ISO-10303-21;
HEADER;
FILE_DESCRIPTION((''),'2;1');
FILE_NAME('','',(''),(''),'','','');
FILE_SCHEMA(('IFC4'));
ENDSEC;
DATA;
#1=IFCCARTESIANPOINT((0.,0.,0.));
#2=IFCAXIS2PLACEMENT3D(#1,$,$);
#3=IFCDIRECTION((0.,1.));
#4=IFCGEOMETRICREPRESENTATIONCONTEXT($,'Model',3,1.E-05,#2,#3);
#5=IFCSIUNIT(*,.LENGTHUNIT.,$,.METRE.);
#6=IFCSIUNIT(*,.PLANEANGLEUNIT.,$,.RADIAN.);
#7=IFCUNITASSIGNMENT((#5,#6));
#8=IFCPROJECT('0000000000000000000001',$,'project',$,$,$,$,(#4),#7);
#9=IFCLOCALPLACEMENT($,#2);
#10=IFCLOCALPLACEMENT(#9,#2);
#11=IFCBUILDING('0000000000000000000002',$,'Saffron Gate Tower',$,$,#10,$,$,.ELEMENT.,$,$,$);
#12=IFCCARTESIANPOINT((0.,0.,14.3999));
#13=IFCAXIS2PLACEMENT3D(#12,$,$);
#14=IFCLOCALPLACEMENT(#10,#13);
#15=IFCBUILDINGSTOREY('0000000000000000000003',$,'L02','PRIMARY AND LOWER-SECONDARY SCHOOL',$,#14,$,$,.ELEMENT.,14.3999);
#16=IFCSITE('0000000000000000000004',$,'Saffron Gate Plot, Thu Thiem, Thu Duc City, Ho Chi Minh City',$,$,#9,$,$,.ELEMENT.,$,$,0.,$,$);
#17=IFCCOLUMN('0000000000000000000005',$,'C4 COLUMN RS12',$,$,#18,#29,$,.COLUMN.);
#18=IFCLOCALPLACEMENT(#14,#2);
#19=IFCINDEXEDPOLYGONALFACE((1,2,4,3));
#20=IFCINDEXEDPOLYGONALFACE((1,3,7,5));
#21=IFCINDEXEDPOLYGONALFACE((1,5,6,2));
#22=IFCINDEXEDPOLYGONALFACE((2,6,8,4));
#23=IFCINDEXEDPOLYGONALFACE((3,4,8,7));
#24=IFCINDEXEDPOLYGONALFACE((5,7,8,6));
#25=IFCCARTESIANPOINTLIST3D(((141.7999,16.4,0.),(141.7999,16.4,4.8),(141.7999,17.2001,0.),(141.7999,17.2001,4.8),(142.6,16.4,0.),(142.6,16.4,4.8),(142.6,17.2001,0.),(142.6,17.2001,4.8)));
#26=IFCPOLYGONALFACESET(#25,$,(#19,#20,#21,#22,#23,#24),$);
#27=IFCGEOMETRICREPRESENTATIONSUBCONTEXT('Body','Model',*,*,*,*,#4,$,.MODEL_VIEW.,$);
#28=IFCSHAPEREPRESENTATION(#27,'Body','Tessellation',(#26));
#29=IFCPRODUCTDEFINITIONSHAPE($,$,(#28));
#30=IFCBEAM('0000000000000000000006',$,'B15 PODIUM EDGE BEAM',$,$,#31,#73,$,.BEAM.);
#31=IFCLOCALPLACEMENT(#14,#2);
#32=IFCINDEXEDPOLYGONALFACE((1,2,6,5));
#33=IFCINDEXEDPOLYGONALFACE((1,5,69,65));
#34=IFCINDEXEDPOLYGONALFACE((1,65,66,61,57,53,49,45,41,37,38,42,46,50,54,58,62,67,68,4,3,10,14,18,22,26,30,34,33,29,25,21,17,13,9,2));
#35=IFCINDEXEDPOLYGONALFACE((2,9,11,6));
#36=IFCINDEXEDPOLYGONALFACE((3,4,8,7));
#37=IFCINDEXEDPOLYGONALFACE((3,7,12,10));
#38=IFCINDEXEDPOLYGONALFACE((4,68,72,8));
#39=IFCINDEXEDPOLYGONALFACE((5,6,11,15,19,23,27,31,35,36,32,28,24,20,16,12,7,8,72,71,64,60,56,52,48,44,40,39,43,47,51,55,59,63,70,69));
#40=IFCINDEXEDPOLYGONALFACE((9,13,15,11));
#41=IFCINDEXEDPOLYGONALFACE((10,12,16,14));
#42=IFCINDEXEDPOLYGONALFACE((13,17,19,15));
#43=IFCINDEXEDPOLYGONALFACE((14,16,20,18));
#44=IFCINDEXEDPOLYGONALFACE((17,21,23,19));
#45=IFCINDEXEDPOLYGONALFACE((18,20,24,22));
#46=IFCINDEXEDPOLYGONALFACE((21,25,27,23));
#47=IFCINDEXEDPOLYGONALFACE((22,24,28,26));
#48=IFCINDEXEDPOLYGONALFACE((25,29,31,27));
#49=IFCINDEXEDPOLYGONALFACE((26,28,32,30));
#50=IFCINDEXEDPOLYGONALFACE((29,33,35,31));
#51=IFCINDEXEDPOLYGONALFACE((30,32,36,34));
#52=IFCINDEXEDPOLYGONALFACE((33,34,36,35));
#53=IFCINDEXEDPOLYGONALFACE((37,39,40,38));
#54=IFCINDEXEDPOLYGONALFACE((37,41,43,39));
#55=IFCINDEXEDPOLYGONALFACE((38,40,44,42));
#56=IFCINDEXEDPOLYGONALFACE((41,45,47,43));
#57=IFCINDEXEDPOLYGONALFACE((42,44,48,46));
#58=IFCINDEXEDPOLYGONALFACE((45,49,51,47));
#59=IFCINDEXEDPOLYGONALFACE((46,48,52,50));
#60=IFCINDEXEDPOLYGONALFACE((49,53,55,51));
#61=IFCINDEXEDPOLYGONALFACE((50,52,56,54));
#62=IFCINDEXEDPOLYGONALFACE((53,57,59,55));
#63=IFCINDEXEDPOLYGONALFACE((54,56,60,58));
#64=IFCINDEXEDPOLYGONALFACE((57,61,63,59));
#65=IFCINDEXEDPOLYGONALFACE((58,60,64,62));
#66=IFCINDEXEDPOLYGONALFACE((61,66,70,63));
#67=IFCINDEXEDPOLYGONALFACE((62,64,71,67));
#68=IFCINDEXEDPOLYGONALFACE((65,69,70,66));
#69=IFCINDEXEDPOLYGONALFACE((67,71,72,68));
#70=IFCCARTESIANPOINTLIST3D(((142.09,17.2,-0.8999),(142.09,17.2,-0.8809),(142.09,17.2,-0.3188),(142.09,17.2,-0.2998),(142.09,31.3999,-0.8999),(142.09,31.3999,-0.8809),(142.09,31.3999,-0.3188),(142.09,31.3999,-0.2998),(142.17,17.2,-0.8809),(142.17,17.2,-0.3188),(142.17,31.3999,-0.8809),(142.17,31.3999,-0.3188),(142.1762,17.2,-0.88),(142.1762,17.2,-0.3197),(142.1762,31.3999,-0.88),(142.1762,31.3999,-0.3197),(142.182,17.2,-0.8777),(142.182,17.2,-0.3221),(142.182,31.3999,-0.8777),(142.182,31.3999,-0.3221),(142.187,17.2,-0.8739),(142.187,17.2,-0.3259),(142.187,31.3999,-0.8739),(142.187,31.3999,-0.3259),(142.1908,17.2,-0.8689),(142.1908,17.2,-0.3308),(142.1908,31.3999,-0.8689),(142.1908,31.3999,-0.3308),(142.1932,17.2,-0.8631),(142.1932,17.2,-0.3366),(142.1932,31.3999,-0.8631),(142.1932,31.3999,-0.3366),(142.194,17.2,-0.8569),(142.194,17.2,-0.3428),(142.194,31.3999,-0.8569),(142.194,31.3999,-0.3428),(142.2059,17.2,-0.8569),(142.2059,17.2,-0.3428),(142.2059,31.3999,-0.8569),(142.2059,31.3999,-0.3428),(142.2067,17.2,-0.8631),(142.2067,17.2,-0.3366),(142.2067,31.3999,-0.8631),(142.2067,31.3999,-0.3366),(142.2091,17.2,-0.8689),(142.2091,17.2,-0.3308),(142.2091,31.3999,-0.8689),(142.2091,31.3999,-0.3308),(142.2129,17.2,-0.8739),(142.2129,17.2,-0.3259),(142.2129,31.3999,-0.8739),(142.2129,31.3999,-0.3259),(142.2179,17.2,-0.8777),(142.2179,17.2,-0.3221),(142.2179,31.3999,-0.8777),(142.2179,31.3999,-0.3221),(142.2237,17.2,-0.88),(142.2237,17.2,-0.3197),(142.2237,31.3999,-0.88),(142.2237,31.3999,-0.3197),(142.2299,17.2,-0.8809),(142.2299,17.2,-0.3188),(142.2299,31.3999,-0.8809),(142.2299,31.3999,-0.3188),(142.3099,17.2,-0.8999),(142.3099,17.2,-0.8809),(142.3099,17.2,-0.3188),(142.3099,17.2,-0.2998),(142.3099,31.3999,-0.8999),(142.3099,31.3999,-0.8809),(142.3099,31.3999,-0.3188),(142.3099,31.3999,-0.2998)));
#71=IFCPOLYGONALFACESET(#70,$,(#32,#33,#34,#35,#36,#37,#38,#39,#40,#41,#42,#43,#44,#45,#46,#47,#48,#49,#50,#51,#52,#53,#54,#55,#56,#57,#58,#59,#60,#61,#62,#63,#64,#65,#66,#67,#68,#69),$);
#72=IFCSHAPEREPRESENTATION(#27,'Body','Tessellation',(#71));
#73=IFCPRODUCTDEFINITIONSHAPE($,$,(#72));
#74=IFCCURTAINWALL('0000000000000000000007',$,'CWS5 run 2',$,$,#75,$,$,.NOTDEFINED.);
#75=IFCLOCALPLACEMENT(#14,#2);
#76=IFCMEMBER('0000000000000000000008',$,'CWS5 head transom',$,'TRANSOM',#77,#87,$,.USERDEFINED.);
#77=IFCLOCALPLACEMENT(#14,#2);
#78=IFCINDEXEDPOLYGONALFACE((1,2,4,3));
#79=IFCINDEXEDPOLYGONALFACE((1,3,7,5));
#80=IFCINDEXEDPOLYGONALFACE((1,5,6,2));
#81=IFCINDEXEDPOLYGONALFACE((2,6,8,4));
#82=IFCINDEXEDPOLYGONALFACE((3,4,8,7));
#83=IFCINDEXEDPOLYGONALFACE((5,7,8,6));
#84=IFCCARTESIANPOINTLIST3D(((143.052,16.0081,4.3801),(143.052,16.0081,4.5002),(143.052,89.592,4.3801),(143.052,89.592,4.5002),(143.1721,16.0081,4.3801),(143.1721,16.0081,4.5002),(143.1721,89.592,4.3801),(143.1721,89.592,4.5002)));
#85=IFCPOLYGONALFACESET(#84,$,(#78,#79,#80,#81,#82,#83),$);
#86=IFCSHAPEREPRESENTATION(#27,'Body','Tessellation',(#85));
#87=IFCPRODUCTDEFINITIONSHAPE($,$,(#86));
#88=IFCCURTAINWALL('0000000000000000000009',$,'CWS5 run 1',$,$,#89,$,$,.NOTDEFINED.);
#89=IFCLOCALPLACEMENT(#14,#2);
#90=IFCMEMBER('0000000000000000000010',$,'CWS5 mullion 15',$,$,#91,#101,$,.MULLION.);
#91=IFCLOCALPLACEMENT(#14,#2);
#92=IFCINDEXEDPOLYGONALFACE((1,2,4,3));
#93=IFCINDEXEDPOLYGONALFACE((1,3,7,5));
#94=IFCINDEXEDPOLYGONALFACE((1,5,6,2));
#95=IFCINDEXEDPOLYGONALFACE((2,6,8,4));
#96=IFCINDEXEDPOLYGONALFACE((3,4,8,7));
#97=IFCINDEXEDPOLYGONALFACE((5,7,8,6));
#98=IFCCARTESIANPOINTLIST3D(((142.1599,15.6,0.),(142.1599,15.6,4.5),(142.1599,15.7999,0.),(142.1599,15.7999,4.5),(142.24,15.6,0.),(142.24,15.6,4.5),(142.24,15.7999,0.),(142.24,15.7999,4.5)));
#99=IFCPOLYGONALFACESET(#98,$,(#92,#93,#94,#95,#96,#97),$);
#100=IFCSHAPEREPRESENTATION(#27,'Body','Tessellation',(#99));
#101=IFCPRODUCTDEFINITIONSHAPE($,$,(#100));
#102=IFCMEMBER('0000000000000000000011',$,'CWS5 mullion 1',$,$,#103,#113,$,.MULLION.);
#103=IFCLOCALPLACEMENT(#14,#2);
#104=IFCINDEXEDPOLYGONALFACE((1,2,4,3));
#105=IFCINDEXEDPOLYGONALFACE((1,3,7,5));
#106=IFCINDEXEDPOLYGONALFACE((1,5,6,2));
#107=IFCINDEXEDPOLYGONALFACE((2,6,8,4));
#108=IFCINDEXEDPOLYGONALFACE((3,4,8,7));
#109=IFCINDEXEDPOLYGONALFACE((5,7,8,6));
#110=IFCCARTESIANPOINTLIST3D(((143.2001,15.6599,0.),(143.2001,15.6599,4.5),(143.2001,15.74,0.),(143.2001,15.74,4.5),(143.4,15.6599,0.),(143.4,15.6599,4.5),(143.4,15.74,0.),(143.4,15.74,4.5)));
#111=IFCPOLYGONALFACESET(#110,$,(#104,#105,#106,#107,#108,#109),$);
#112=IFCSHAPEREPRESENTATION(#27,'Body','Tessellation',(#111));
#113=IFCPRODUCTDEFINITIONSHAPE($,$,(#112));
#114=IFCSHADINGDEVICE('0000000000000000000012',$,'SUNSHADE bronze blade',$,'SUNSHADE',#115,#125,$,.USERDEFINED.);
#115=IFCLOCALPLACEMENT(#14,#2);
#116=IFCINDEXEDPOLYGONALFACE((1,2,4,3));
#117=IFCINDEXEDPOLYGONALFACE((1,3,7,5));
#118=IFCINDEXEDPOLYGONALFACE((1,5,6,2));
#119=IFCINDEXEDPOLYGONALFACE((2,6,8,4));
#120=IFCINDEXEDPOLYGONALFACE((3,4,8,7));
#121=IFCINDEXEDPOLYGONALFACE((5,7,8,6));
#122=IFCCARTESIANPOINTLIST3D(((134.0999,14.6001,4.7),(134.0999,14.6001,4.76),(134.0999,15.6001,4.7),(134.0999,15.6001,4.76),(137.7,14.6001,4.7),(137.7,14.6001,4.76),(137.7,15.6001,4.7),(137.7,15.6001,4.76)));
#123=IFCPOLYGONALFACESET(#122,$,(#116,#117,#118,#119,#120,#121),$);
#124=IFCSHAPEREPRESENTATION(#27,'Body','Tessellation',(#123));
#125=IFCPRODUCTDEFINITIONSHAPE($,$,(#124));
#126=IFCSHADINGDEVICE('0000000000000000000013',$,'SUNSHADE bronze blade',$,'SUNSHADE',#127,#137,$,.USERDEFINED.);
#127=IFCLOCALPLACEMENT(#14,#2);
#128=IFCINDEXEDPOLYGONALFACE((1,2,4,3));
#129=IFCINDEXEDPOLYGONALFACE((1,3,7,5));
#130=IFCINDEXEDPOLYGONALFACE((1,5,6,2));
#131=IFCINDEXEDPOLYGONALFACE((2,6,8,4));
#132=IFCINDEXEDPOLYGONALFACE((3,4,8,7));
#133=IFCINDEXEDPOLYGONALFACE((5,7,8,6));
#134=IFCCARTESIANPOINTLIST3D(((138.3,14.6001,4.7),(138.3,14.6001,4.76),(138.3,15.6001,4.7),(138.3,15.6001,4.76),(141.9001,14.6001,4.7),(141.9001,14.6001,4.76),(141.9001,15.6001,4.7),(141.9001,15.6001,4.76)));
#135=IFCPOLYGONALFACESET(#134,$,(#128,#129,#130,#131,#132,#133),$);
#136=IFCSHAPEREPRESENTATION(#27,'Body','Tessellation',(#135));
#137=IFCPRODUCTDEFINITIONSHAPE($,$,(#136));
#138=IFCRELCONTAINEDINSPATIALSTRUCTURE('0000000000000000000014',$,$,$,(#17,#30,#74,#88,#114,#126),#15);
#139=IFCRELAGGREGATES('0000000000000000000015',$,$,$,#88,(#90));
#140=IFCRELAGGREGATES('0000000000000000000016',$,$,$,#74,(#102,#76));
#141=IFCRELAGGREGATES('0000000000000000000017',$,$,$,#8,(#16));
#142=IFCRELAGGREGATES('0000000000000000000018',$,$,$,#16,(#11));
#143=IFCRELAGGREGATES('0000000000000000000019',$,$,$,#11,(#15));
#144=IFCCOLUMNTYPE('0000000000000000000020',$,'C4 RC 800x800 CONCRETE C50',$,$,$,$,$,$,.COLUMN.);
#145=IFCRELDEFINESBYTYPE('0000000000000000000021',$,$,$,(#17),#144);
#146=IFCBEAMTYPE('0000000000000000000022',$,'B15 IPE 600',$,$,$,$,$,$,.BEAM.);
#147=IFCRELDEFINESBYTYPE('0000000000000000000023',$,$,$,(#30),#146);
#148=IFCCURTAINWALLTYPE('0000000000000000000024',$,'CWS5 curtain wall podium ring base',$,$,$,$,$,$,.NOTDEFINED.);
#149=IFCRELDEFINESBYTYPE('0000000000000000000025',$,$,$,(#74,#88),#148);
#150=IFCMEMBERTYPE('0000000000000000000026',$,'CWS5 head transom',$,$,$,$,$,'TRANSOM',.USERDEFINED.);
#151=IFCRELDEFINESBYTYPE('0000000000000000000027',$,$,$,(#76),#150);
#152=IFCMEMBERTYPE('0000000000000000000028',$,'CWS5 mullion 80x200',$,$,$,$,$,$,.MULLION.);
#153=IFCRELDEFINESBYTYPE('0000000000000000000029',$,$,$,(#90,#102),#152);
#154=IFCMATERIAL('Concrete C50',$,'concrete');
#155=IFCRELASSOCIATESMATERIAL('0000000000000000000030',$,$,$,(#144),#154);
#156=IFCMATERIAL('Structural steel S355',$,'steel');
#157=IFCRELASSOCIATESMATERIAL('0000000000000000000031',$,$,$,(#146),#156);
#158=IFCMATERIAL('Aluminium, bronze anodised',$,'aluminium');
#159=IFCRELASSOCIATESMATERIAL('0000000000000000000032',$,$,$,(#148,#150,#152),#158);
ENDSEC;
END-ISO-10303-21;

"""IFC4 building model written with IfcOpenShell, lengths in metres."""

from ifc_helpers import new_model, si_unit, direction, frame, origin, origin_2d, place, context, subcontext, project, spatial, rectangle, i_section, extrude, material, material_profile, profile_set, type_object, element, aggregate, save


model = new_model("IFC4")

# Units and contexts
model_context = context("Model", 3, precision=1e-05, world=origin(), true_north=direction((0.0, 1.0)))
body_context = subcontext(model_context, "Body", "Model", "MODEL_VIEW")
ifc_project = project(units=[si_unit("LENGTHUNIT", "METRE"), si_unit("PLANEANGLEUNIT", "RADIAN")], contexts=[model_context])

# Site, building, storey
site_placement = place(None, origin())
site = spatial("IfcSite", under=ifc_project, at=site_placement, Name="Saffron Gate Plot, Thu Thiem, Thu Duc City, Ho Chi Minh City", CompositionType="ELEMENT", RefElevation=0.0)
building_placement = place(site_placement, origin())
building = spatial("IfcBuilding", under=site, at=building_placement, Name="Saffron Gate Tower", CompositionType="ELEMENT")
storey_placement = place(building_placement, frame((0.0, 0.0, 14.3999)))
storey = spatial("IfcBuildingStorey", under=building, at=storey_placement, Name="L02", Description="PRIMARY AND LOWER-SECONDARY SCHOOL", CompositionType="ELEMENT", Elevation=14.3999)

# Column
ifc_material_1 = material(Name="Concrete C50", Category="concrete")
ifc_material_profile_1 = material_profile(ifc_material_1, rectangle(XDim=0.8, YDim=0.8, at=origin_2d()))
ifc_profile_set_1 = profile_set([ifc_material_profile_1], Name="Concrete C50")
column_type = type_object("IfcColumnType", Name="C4 RC 800x800 CONCRETE C50", PredefinedType="COLUMN", material=ifc_profile_set_1)
column_placement = place(storey_placement, frame((142.2, 16.8, 0.0), z_axis=(0.0, 0.0, 1.0), x_axis=(1.0, 0.0, 0.0)))
element("IfcColumn", 1, at=column_placement, inside=storey, type_object=column_type, Name="C4 COLUMN RS12", PredefinedType="COLUMN", context=body_context, shape_type="SweptSolid", body=[
    extrude(rectangle(XDim=0.8, YDim=0.8, at=origin_2d()), origin(), (0.0, 0.0, 1.0), 4.8),
])

# Beam
ifc_material_2 = material(Name="Structural steel S355", Category="steel")
ifc_material_profile_2 = material_profile(ifc_material_2, i_section(OverallWidth=0.22, OverallDepth=0.6001, WebThickness=0.012, FlangeThickness=0.019, FilletRadius=0.0239, at=origin_2d()))
ifc_profile_set_2 = profile_set([ifc_material_profile_2], Name="Structural steel S355")
beam_type = type_object("IfcBeamType", Name="B15 IPE 600", PredefinedType="BEAM", material=ifc_profile_set_2)
beam_placement = place(storey_placement, frame((142.2, 17.2, -0.5999), z_axis=(0.0, 1.0, 0.0), x_axis=(-1.0, 0.0, 0.0)))
element("IfcBeam", 2, at=beam_placement, inside=storey, type_object=beam_type, Name="B15 PODIUM EDGE BEAM", PredefinedType="BEAM", context=body_context, shape_type="SweptSolid", body=[
    extrude(i_section(OverallWidth=0.22, OverallDepth=0.6001, WebThickness=0.012, FlangeThickness=0.019, FilletRadius=0.0239, at=origin_2d()), origin(), (0.0, 0.0, 1.0), 14.2),
])

# Curtain walls, members
ifc_material_3 = material(Name="Aluminium, bronze anodised", Category="aluminium")
curtain_wall_type = type_object("IfcCurtainWallType", Name="CWS5 curtain wall podium ring base", PredefinedType="NOTDEFINED", material=ifc_material_3)
curtain_wall_1_placement = place(storey_placement, origin())
curtain_wall_1 = element("IfcCurtainWall", 3, at=curtain_wall_1_placement, inside=storey, type_object=curtain_wall_type, Name="CWS5 run 2", PredefinedType="NOTDEFINED")
ifc_material_profile_3 = material_profile(ifc_material_3, rectangle(XDim=0.1201, YDim=0.1201, at=origin_2d()))
ifc_profile_set_3 = profile_set([ifc_material_profile_3], Name="Aluminium, bronze anodised")
member_type_1 = type_object("IfcMemberType", Name="CWS5 head transom", ElementType="TRANSOM", PredefinedType="USERDEFINED", material=ifc_profile_set_3)
member_1_placement = place(storey_placement, frame((143.1121, 16.0081, 4.4402), z_axis=(0.0, 1.0, 0.0), x_axis=(-1.0, 0.0, 0.0)))
member_1 = element("IfcMember", 4, at=member_1_placement, type_object=member_type_1, Name="CWS5 head transom", ObjectType="TRANSOM", PredefinedType="USERDEFINED", context=body_context, shape_type="SweptSolid", body=[
    extrude(rectangle(XDim=0.1201, YDim=0.1201, at=origin_2d()), origin(), (0.0, 0.0, 1.0), 73.584),
])
curtain_wall_2_placement = place(storey_placement, origin())
curtain_wall_2 = element("IfcCurtainWall", 5, at=curtain_wall_2_placement, inside=storey, type_object=curtain_wall_type, Name="CWS5 run 1", PredefinedType="NOTDEFINED")
ifc_material_profile_4 = material_profile(ifc_material_3, rectangle(XDim=0.2, YDim=0.0801, at=origin_2d()))
ifc_profile_set_4 = profile_set([ifc_material_profile_4], Name="Aluminium, bronze anodised")
member_type_2 = type_object("IfcMemberType", Name="CWS5 mullion 80x200", PredefinedType="MULLION", material=ifc_profile_set_4)
member_2_placement = place(storey_placement, frame((142.2, 15.7, 0.0), z_axis=(0.0, 0.0, 1.0), x_axis=(0.0, 1.0, 0.0)))
member_2 = element("IfcMember", 6, at=member_2_placement, type_object=member_type_2, Name="CWS5 mullion 15", PredefinedType="MULLION", context=body_context, shape_type="SweptSolid", body=[
    extrude(rectangle(XDim=0.2, YDim=0.0801, at=origin_2d()), origin(), (0.0, 0.0, 1.0), 4.5),
])
aggregate(curtain_wall_2, [member_2])

# Member
member_3_placement = place(storey_placement, frame((143.3, 15.7, 0.0), z_axis=(0.0, 0.0, 1.0), x_axis=(-1.0, 0.0, 0.0)))
member_3 = element("IfcMember", 7, at=member_3_placement, type_object=member_type_2, Name="CWS5 mullion 1", PredefinedType="MULLION", context=body_context, shape_type="SweptSolid", body=[
    extrude(rectangle(XDim=0.2, YDim=0.0801, at=origin_2d()), origin(), (0.0, 0.0, 1.0), 4.5),
])

aggregate(curtain_wall_1, [member_3, member_1])

# Shading devices
for number, where, z_axis, x_axis, name in (
    (8, (135.8999, 15.1001, 4.7), (0.0, 0.0, 1.0), (1.0, 0.0, 0.0), "SUNSHADE bronze blade"),
    (9, (140.1001, 15.1001, 4.7), (0.0, 0.0, 1.0), (1.0, 0.0, 0.0), "SUNSHADE bronze blade"),
):
    element("IfcShadingDevice", number, at=place(storey_placement, frame(where, z_axis=z_axis, x_axis=x_axis)), inside=storey, Name=name, ObjectType="SUNSHADE", PredefinedType="USERDEFINED", context=body_context, shape_type="SweptSolid", body=[
        extrude(rectangle(XDim=3.6001, YDim=1.0, at=origin_2d()), origin(), (0.0, 0.0, 1.0), 0.0601),
    ])

save(model, "model.ifc")
